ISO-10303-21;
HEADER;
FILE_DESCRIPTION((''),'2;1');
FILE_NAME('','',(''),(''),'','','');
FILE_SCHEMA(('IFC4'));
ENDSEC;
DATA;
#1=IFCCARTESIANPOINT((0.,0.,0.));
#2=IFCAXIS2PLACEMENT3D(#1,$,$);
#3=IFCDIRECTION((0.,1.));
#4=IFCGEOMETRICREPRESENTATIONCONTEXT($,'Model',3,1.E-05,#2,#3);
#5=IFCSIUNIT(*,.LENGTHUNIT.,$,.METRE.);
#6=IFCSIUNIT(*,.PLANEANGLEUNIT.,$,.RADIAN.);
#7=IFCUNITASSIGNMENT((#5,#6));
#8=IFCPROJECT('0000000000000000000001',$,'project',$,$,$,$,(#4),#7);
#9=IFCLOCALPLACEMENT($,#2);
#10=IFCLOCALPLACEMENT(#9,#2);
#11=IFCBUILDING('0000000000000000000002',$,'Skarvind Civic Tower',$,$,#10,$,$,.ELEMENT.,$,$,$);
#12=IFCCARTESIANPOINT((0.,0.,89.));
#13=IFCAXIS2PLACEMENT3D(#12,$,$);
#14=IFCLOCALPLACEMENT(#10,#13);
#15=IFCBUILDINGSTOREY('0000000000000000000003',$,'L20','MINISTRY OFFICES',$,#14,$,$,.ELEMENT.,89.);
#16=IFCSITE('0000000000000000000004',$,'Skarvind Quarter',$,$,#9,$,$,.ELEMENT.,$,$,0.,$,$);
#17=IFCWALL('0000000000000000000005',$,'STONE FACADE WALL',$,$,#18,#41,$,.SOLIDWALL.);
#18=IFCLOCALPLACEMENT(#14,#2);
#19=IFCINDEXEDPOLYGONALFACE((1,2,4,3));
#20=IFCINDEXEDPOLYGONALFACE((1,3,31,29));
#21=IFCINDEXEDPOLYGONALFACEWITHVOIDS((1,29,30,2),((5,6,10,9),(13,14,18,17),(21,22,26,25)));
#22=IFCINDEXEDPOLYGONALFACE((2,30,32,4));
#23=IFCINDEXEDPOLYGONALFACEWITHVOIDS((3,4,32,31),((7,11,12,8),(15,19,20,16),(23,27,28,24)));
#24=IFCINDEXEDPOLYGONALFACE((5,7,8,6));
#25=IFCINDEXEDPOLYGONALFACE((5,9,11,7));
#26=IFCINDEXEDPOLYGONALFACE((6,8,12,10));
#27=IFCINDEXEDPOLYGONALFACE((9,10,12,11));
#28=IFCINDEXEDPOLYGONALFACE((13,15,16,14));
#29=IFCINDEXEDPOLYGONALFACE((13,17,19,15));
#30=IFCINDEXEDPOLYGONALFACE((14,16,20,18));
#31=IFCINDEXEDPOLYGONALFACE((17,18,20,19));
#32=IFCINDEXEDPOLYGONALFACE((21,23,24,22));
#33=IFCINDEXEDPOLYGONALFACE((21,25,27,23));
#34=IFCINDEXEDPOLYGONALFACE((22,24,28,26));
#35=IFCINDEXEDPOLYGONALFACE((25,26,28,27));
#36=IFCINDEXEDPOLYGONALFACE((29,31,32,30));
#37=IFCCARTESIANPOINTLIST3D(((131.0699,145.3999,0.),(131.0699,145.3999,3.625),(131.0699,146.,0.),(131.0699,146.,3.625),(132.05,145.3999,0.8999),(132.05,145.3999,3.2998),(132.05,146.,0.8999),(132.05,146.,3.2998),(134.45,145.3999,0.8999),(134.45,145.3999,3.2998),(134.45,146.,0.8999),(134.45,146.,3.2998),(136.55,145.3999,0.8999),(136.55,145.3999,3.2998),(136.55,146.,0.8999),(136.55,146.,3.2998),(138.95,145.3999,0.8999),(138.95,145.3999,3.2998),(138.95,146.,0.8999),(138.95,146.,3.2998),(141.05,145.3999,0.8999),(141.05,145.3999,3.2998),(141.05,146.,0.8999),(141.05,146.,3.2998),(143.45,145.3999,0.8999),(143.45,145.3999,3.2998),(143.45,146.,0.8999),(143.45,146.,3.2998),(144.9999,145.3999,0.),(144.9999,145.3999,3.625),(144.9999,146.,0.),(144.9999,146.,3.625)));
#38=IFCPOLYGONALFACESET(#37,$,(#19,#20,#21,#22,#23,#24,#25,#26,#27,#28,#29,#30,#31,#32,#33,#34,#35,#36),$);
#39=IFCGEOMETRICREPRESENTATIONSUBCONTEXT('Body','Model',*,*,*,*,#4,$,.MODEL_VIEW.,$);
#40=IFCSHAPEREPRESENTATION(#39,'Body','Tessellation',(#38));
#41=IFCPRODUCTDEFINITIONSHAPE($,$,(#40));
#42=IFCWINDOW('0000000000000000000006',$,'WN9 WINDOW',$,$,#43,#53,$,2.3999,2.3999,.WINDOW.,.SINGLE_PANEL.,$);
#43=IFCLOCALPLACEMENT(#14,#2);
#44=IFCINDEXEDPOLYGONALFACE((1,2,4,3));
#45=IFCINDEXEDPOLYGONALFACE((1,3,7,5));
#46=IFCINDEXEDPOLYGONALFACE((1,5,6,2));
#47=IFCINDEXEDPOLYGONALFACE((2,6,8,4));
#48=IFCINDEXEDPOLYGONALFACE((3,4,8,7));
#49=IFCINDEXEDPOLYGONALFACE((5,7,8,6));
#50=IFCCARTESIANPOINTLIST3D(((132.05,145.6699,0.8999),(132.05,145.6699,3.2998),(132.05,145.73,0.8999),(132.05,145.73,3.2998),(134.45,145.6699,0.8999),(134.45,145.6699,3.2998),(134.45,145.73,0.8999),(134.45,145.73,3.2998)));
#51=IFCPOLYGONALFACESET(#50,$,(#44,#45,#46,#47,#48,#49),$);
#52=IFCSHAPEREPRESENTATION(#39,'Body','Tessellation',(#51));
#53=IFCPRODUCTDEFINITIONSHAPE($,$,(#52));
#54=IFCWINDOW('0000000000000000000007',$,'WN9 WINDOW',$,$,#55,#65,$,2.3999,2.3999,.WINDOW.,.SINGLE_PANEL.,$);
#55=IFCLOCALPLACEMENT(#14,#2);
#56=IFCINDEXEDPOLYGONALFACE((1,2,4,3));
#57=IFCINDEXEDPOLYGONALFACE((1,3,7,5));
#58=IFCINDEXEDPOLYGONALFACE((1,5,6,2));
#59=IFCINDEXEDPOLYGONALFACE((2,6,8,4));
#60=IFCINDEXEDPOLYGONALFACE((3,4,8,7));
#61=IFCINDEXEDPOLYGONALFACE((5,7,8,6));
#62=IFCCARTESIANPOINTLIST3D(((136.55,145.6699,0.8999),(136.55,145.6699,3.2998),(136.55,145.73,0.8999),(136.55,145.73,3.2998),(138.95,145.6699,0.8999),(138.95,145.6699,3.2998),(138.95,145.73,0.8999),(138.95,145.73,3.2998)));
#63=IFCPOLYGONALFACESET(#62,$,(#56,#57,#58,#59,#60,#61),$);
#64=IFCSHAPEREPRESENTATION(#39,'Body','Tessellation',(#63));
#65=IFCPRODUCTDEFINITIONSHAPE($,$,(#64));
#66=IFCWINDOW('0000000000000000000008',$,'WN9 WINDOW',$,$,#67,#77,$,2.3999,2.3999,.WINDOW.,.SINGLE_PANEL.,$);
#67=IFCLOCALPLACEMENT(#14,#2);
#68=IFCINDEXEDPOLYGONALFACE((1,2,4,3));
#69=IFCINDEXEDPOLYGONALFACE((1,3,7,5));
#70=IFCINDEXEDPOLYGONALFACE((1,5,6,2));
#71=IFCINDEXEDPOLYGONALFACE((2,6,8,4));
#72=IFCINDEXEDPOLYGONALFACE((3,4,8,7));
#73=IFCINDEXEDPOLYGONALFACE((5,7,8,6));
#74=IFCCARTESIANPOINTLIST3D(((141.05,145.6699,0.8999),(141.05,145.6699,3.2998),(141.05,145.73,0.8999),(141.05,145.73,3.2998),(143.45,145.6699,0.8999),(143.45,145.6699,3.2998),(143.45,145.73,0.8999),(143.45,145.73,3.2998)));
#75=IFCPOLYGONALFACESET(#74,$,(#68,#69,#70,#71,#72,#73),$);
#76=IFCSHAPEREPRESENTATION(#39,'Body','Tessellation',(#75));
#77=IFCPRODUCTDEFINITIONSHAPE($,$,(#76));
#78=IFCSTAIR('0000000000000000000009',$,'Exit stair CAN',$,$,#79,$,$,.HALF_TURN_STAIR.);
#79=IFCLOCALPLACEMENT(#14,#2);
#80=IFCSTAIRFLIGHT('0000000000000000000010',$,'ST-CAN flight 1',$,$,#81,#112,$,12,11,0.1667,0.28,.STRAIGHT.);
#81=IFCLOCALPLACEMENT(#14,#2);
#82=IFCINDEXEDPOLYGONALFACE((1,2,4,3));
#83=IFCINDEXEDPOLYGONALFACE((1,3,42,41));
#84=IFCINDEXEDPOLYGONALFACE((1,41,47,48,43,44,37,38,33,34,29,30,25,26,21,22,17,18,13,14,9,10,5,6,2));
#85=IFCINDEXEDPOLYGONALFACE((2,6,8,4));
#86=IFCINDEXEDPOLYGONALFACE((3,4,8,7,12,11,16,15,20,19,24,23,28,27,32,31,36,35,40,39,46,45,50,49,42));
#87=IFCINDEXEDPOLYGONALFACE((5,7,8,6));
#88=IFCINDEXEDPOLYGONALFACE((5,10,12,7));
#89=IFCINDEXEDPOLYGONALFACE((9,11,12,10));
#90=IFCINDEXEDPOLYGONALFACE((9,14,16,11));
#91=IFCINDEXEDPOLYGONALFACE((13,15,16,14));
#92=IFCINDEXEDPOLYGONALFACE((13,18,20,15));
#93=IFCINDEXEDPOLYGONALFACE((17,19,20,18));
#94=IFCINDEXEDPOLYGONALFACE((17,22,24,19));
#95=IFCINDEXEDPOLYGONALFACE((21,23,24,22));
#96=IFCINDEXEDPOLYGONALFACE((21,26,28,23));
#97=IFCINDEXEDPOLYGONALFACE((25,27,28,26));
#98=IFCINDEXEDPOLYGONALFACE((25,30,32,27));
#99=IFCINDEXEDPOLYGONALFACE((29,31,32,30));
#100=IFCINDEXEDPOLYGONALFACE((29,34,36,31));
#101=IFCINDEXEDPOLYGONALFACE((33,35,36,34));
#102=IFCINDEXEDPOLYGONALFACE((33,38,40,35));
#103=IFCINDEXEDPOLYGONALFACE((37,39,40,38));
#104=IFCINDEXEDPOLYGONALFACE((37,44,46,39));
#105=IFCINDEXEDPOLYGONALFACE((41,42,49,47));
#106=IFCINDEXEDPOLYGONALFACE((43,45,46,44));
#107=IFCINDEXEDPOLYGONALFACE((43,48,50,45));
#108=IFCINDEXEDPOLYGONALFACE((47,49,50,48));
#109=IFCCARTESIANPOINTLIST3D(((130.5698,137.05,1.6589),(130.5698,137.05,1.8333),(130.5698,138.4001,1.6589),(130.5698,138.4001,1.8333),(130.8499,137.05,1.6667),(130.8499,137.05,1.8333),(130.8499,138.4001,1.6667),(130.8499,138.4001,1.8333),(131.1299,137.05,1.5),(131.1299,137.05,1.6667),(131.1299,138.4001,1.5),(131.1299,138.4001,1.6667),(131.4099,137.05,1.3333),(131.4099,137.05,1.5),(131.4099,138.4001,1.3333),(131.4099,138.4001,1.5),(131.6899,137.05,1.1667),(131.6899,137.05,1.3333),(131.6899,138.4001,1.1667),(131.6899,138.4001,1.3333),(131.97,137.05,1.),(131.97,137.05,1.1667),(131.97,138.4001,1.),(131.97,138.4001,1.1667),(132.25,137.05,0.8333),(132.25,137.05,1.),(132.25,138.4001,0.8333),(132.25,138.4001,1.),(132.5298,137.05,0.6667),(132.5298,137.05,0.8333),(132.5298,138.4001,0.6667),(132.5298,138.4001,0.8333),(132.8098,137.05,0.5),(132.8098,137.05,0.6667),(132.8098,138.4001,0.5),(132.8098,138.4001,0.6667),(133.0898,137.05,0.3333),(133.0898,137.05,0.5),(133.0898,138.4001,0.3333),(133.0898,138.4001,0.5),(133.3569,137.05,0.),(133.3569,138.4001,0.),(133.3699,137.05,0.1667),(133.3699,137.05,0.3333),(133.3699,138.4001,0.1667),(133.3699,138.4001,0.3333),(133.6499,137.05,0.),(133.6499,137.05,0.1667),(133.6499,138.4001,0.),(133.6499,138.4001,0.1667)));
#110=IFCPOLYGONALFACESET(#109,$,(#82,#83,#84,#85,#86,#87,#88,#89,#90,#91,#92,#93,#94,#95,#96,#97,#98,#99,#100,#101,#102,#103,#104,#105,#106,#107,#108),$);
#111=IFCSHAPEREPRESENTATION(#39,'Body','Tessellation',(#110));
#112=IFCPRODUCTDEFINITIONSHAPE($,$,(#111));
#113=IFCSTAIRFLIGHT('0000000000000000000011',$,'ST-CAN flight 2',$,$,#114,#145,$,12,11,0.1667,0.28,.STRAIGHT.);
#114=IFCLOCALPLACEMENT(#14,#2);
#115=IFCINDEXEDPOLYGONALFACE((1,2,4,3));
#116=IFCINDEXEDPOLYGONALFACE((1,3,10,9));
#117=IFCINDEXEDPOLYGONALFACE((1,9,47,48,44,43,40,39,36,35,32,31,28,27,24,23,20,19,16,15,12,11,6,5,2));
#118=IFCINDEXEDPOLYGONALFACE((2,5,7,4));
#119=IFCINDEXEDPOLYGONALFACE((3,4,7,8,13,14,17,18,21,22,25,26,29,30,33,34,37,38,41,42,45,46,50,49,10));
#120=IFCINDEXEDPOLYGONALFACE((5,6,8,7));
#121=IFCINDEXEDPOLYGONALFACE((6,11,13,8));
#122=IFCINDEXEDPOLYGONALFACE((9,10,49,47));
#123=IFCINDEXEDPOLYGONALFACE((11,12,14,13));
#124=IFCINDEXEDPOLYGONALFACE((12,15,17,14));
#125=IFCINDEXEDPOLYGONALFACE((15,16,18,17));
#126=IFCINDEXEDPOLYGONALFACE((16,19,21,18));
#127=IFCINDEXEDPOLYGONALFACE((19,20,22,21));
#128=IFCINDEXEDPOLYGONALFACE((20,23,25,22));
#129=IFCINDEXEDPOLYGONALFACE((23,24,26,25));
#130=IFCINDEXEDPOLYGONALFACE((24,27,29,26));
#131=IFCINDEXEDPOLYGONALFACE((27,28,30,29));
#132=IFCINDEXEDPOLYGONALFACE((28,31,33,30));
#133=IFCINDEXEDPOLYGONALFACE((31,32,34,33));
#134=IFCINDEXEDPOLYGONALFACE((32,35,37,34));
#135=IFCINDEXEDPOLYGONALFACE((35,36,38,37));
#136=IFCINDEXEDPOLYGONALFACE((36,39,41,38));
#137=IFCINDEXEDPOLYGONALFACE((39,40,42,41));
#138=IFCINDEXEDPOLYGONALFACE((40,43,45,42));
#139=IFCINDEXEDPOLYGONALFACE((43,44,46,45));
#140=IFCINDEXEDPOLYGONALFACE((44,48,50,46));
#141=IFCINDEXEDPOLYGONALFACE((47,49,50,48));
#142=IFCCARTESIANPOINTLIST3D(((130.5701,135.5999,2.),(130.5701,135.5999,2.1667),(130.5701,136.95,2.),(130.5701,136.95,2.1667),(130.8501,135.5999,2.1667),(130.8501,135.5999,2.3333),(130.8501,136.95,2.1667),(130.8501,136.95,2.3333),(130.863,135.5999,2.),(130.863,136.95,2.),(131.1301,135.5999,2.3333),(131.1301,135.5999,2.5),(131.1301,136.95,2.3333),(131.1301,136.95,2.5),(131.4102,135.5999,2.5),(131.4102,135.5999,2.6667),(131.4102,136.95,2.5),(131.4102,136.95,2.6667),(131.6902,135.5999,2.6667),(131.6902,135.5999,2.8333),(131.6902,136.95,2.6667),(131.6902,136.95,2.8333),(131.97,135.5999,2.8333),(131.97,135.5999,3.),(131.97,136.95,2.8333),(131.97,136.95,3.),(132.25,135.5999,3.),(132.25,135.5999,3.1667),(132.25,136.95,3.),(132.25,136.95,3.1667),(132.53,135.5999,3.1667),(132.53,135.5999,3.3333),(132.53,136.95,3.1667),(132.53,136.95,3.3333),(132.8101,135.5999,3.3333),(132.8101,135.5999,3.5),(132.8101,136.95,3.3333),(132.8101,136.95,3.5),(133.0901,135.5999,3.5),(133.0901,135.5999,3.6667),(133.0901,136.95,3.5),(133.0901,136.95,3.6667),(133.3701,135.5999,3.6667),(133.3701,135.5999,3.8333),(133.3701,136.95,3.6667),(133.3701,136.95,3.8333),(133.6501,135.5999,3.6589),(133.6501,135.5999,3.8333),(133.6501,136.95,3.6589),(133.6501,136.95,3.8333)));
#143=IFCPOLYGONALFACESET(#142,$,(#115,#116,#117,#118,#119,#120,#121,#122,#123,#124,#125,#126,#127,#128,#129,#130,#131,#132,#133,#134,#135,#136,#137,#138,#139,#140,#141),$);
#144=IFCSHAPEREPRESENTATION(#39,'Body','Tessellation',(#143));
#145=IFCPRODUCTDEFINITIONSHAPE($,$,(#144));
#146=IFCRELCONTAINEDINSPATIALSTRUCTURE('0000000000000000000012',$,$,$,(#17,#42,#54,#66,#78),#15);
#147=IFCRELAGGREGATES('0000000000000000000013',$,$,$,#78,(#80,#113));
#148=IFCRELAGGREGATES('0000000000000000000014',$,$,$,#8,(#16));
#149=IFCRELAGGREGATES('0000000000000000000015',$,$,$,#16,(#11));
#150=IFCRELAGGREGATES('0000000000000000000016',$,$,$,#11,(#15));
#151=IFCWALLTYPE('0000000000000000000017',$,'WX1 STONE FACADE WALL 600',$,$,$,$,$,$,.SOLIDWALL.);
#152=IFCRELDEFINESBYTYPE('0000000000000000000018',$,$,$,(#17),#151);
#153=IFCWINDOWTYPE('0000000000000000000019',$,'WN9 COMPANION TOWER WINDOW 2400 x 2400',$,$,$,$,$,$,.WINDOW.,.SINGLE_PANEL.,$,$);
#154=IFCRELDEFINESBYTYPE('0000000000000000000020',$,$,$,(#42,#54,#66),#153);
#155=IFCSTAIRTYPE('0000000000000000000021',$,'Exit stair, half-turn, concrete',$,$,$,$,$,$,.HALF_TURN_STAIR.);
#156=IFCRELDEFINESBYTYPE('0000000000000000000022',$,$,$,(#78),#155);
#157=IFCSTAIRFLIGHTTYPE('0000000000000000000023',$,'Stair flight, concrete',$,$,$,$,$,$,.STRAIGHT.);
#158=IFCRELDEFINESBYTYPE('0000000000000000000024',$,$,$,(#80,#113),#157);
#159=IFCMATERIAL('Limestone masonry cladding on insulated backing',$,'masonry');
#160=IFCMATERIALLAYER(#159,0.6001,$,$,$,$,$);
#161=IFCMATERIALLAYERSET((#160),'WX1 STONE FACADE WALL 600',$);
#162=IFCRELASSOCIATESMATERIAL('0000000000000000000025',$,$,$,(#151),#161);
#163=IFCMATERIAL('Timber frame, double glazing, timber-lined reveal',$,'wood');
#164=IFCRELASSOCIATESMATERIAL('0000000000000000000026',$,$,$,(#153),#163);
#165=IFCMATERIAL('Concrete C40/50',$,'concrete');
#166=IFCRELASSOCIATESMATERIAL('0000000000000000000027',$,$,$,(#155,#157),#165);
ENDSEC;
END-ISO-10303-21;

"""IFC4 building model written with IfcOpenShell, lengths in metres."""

from ifc_helpers import new_model, si_unit, direction, frame, frame_2d, origin, place, context, subcontext, project, spatial, polyline, rectangle, outline, extrude, material, layer, layer_set, type_object, element, fill, aggregate, save


model = new_model("IFC4")

# Units and contexts
model_context = context("Model", 3, precision=1e-05, world=origin(), true_north=direction((0.0, 1.0)))
body_context = subcontext(model_context, "Body", "Model", "MODEL_VIEW")
ifc_project = project(units=[si_unit("LENGTHUNIT", "METRE"), si_unit("PLANEANGLEUNIT", "RADIAN")], contexts=[model_context])

# Site, building, storey
site_placement = place(None, origin())
site = spatial("IfcSite", under=ifc_project, at=site_placement, Name="Skarvind Quarter", CompositionType="ELEMENT", RefElevation=0.0)
building_placement = place(site_placement, origin())
building = spatial("IfcBuilding", under=site, at=building_placement, Name="Skarvind Civic Tower", CompositionType="ELEMENT")
storey_placement = place(building_placement, frame((0.0, 0.0, 89.0)))
storey = spatial("IfcBuildingStorey", under=building, at=storey_placement, Name="L20", Description="MINISTRY OFFICES", CompositionType="ELEMENT", Elevation=89.0)

# Wall, openings, windows
ifc_material_1 = material(Name="Limestone masonry cladding on insulated backing", Category="masonry")
ifc_layer_1 = layer(ifc_material_1, 0.6001)
ifc_layer_set_1 = layer_set([ifc_layer_1], Name="WX1 STONE FACADE WALL 600")
wall_type_1 = type_object("IfcWallType", Name="WX1 STONE FACADE WALL 600", PredefinedType="SOLIDWALL", material=ifc_layer_set_1)
wall_1_placement = place(storey_placement, frame((131.0701, 145.7, 0.0), z_axis=(0.0, 0.0, 1.0), x_axis=(1.0, 0.0, 0.0)))
wall_1 = element("IfcWall", 1, at=wall_1_placement, inside=storey, type_object=wall_type_1, Name="STONE FACADE WALL", PredefinedType="SOLIDWALL", context=body_context, shape_type="SweptSolid", body=[
    extrude(rectangle(XDim=13.9299, YDim=0.6001, at=frame_2d((6.9648, 0.0))), origin(), (0.0, 0.0, 1.0), 3.625),
])
opening_1_placement = place(wall_1_placement, frame((0.98, 0.0, 0.8999)))
opening_1 = element("IfcOpeningElement", 2, at=opening_1_placement, cuts=wall_1, PredefinedType="OPENING", context=body_context, shape_type="SweptSolid", body=[
    extrude(rectangle(XDim=2.3999, YDim=2.3999, at=frame_2d((1.2, 1.2))), frame((0.0, 0.3101, 0.0), z_axis=(0.0, -1.0, 0.0), x_axis=(1.0, 0.0, 0.0)), (0.0, 0.0, 1.0), 0.6201),
])
opening_2_placement = place(wall_1_placement, frame((5.48, 0.0, 0.8999)))
opening_2 = element("IfcOpeningElement", 3, at=opening_2_placement, cuts=wall_1, PredefinedType="OPENING", context=body_context, shape_type="SweptSolid", body=[
    extrude(rectangle(XDim=2.3999, YDim=2.3999, at=frame_2d((1.2, 1.2))), frame((0.0, 0.3101, 0.0), z_axis=(0.0, -1.0, 0.0), x_axis=(1.0, 0.0, 0.0)), (0.0, 0.0, 1.0), 0.6201),
])
opening_3_placement = place(wall_1_placement, frame((9.98, 0.0, 0.8999)))
opening_3 = element("IfcOpeningElement", 4, at=opening_3_placement, cuts=wall_1, PredefinedType="OPENING", context=body_context, shape_type="SweptSolid", body=[
    extrude(rectangle(XDim=2.3999, YDim=2.3999, at=frame_2d((1.2, 1.2))), frame((0.0, 0.3101, 0.0), z_axis=(0.0, -1.0, 0.0), x_axis=(1.0, 0.0, 0.0)), (0.0, 0.0, 1.0), 0.6201),
])
ifc_material_2 = material(Name="Timber frame, double glazing, timber-lined reveal", Category="wood")
window_type = type_object("IfcWindowType", Name="WN9 COMPANION TOWER WINDOW 2400 x 2400", PartitioningType="SINGLE_PANEL", PredefinedType="WINDOW", material=ifc_material_2)
window_1_placement = place(opening_1_placement, origin())
window_1 = element("IfcWindow", 5, at=window_1_placement, inside=storey, type_object=window_type, Name="WN9 WINDOW", OverallHeight=2.3999, OverallWidth=2.3999, PartitioningType="SINGLE_PANEL", PredefinedType="WINDOW", context=body_context, shape_type="SweptSolid", body=[
    extrude(rectangle(XDim=2.3999, YDim=2.3999, at=frame_2d((1.2, 1.2))), frame((0.0, 0.03, 0.0), z_axis=(0.0, -1.0, 0.0), x_axis=(1.0, 0.0, 0.0)), (0.0, 0.0, 1.0), 0.0601),
])
fill(opening_1, window_1)
window_2_placement = place(opening_2_placement, origin())
window_2 = element("IfcWindow", 6, at=window_2_placement, inside=storey, type_object=window_type, Name="WN9 WINDOW", OverallHeight=2.3999, OverallWidth=2.3999, PartitioningType="SINGLE_PANEL", PredefinedType="WINDOW", context=body_context, shape_type="SweptSolid", body=[
    extrude(rectangle(XDim=2.3999, YDim=2.3999, at=frame_2d((1.2, 1.2))), frame((0.0, 0.03, 0.0), z_axis=(0.0, -1.0, 0.0), x_axis=(1.0, 0.0, 0.0)), (0.0, 0.0, 1.0), 0.0601),
])
fill(opening_2, window_2)
window_3_placement = place(opening_3_placement, origin())
window_3 = element("IfcWindow", 7, at=window_3_placement, inside=storey, type_object=window_type, Name="WN9 WINDOW", OverallHeight=2.3999, OverallWidth=2.3999, PartitioningType="SINGLE_PANEL", PredefinedType="WINDOW", context=body_context, shape_type="SweptSolid", body=[
    extrude(rectangle(XDim=2.3999, YDim=2.3999, at=frame_2d((1.2, 1.2))), frame((0.0, 0.03, 0.0), z_axis=(0.0, -1.0, 0.0), x_axis=(1.0, 0.0, 0.0)), (0.0, 0.0, 1.0), 0.0601),
])
fill(opening_3, window_3)

# Stair, stair flights
ifc_material_3 = material(Name="Concrete C40/50", Category="concrete")
stair_type = type_object("IfcStairType", Name="Exit stair, half-turn, concrete", PredefinedType="HALF_TURN_STAIR", material=ifc_material_3)
stair_placement = place(storey_placement, origin())
stair = element("IfcStair", 8, at=stair_placement, inside=storey, type_object=stair_type, Name="Exit stair CAN", PredefinedType="HALF_TURN_STAIR")
stair_flight_type = type_object("IfcStairFlightType", Name="Stair flight, concrete", PredefinedType="STRAIGHT", material=ifc_material_3)
stair_flight_1_placement = place(storey_placement, frame((133.6499, 137.7251, 0.0), z_axis=(0.0, 0.0, 1.0), x_axis=(-1.0, 0.0, 0.0)))
stair_flight_1 = element("IfcStairFlight", 9, at=stair_flight_1_placement, type_object=stair_flight_type, Name="ST-CAN flight 1", NumberOfRisers=12, NumberOfTreads=11, PredefinedType="STRAIGHT", RiserHeight=0.1667, TreadLength=0.28, context=body_context, shape_type="SweptSolid", body=[
    extrude(outline(polyline([(0.0, 0.0), (0.0, 0.1667), (0.28, 0.1667), (0.28, 0.3333), (0.5601, 0.3333), (0.5601, 0.5), (0.8401, 0.5), (0.8401, 0.6667), (1.1201, 0.6667), (1.1201, 0.8333), (1.3999, 0.8333), (1.3999, 1.0), (1.6799, 1.0), (1.6799, 1.1667), (1.96, 1.1667), (1.96, 1.3333), (2.24, 1.3333), (2.24, 1.5), (2.52, 1.5), (2.52, 1.6667), (2.8, 1.6667), (2.8, 1.8333), (3.0801, 1.8333), (3.0801, 2.0), (3.0801, 1.6589), (0.293, 0.0), (0.0, 0.0)])), frame((0.0, 0.675, 0.0), z_axis=(0.0, -1.0, 0.0), x_axis=(1.0, 0.0, 0.0)), (0.0, 0.0, 1.0), 1.3501),
])
stair_flight_2_placement = place(storey_placement, frame((130.5701, 136.2749, 2.0), z_axis=(0.0, 0.0, 1.0), x_axis=(1.0, 0.0, 0.0)))
stair_flight_2 = element("IfcStairFlight", 10, at=stair_flight_2_placement, type_object=stair_flight_type, Name="ST-CAN flight 2", NumberOfRisers=12, NumberOfTreads=11, PredefinedType="STRAIGHT", RiserHeight=0.1667, TreadLength=0.28, context=body_context, shape_type="SweptSolid", body=[
    extrude(outline(polyline([(0.0, 0.0), (0.0, 0.1667), (0.28, 0.1667), (0.28, 0.3333), (0.5601, 0.3333), (0.5601, 0.5), (0.8401, 0.5), (0.8401, 0.6667), (1.1201, 0.6667), (1.1201, 0.8333), (1.3999, 0.8333), (1.3999, 1.0), (1.6799, 1.0), (1.6799, 1.1667), (1.96, 1.1667), (1.96, 1.3333), (2.24, 1.3333), (2.24, 1.5), (2.52, 1.5), (2.52, 1.6667), (2.8, 1.6667), (2.8, 1.8333), (3.0801, 1.8333), (3.0801, 2.0), (3.0801, 1.6589), (0.293, 0.0), (0.0, 0.0)])), frame((0.0, 0.675, 0.0), z_axis=(0.0, -1.0, 0.0), x_axis=(1.0, 0.0, 0.0)), (0.0, 0.0, 1.0), 1.3501),
])
aggregate(stair, [stair_flight_1, stair_flight_2])

save(model, "model.ifc")
